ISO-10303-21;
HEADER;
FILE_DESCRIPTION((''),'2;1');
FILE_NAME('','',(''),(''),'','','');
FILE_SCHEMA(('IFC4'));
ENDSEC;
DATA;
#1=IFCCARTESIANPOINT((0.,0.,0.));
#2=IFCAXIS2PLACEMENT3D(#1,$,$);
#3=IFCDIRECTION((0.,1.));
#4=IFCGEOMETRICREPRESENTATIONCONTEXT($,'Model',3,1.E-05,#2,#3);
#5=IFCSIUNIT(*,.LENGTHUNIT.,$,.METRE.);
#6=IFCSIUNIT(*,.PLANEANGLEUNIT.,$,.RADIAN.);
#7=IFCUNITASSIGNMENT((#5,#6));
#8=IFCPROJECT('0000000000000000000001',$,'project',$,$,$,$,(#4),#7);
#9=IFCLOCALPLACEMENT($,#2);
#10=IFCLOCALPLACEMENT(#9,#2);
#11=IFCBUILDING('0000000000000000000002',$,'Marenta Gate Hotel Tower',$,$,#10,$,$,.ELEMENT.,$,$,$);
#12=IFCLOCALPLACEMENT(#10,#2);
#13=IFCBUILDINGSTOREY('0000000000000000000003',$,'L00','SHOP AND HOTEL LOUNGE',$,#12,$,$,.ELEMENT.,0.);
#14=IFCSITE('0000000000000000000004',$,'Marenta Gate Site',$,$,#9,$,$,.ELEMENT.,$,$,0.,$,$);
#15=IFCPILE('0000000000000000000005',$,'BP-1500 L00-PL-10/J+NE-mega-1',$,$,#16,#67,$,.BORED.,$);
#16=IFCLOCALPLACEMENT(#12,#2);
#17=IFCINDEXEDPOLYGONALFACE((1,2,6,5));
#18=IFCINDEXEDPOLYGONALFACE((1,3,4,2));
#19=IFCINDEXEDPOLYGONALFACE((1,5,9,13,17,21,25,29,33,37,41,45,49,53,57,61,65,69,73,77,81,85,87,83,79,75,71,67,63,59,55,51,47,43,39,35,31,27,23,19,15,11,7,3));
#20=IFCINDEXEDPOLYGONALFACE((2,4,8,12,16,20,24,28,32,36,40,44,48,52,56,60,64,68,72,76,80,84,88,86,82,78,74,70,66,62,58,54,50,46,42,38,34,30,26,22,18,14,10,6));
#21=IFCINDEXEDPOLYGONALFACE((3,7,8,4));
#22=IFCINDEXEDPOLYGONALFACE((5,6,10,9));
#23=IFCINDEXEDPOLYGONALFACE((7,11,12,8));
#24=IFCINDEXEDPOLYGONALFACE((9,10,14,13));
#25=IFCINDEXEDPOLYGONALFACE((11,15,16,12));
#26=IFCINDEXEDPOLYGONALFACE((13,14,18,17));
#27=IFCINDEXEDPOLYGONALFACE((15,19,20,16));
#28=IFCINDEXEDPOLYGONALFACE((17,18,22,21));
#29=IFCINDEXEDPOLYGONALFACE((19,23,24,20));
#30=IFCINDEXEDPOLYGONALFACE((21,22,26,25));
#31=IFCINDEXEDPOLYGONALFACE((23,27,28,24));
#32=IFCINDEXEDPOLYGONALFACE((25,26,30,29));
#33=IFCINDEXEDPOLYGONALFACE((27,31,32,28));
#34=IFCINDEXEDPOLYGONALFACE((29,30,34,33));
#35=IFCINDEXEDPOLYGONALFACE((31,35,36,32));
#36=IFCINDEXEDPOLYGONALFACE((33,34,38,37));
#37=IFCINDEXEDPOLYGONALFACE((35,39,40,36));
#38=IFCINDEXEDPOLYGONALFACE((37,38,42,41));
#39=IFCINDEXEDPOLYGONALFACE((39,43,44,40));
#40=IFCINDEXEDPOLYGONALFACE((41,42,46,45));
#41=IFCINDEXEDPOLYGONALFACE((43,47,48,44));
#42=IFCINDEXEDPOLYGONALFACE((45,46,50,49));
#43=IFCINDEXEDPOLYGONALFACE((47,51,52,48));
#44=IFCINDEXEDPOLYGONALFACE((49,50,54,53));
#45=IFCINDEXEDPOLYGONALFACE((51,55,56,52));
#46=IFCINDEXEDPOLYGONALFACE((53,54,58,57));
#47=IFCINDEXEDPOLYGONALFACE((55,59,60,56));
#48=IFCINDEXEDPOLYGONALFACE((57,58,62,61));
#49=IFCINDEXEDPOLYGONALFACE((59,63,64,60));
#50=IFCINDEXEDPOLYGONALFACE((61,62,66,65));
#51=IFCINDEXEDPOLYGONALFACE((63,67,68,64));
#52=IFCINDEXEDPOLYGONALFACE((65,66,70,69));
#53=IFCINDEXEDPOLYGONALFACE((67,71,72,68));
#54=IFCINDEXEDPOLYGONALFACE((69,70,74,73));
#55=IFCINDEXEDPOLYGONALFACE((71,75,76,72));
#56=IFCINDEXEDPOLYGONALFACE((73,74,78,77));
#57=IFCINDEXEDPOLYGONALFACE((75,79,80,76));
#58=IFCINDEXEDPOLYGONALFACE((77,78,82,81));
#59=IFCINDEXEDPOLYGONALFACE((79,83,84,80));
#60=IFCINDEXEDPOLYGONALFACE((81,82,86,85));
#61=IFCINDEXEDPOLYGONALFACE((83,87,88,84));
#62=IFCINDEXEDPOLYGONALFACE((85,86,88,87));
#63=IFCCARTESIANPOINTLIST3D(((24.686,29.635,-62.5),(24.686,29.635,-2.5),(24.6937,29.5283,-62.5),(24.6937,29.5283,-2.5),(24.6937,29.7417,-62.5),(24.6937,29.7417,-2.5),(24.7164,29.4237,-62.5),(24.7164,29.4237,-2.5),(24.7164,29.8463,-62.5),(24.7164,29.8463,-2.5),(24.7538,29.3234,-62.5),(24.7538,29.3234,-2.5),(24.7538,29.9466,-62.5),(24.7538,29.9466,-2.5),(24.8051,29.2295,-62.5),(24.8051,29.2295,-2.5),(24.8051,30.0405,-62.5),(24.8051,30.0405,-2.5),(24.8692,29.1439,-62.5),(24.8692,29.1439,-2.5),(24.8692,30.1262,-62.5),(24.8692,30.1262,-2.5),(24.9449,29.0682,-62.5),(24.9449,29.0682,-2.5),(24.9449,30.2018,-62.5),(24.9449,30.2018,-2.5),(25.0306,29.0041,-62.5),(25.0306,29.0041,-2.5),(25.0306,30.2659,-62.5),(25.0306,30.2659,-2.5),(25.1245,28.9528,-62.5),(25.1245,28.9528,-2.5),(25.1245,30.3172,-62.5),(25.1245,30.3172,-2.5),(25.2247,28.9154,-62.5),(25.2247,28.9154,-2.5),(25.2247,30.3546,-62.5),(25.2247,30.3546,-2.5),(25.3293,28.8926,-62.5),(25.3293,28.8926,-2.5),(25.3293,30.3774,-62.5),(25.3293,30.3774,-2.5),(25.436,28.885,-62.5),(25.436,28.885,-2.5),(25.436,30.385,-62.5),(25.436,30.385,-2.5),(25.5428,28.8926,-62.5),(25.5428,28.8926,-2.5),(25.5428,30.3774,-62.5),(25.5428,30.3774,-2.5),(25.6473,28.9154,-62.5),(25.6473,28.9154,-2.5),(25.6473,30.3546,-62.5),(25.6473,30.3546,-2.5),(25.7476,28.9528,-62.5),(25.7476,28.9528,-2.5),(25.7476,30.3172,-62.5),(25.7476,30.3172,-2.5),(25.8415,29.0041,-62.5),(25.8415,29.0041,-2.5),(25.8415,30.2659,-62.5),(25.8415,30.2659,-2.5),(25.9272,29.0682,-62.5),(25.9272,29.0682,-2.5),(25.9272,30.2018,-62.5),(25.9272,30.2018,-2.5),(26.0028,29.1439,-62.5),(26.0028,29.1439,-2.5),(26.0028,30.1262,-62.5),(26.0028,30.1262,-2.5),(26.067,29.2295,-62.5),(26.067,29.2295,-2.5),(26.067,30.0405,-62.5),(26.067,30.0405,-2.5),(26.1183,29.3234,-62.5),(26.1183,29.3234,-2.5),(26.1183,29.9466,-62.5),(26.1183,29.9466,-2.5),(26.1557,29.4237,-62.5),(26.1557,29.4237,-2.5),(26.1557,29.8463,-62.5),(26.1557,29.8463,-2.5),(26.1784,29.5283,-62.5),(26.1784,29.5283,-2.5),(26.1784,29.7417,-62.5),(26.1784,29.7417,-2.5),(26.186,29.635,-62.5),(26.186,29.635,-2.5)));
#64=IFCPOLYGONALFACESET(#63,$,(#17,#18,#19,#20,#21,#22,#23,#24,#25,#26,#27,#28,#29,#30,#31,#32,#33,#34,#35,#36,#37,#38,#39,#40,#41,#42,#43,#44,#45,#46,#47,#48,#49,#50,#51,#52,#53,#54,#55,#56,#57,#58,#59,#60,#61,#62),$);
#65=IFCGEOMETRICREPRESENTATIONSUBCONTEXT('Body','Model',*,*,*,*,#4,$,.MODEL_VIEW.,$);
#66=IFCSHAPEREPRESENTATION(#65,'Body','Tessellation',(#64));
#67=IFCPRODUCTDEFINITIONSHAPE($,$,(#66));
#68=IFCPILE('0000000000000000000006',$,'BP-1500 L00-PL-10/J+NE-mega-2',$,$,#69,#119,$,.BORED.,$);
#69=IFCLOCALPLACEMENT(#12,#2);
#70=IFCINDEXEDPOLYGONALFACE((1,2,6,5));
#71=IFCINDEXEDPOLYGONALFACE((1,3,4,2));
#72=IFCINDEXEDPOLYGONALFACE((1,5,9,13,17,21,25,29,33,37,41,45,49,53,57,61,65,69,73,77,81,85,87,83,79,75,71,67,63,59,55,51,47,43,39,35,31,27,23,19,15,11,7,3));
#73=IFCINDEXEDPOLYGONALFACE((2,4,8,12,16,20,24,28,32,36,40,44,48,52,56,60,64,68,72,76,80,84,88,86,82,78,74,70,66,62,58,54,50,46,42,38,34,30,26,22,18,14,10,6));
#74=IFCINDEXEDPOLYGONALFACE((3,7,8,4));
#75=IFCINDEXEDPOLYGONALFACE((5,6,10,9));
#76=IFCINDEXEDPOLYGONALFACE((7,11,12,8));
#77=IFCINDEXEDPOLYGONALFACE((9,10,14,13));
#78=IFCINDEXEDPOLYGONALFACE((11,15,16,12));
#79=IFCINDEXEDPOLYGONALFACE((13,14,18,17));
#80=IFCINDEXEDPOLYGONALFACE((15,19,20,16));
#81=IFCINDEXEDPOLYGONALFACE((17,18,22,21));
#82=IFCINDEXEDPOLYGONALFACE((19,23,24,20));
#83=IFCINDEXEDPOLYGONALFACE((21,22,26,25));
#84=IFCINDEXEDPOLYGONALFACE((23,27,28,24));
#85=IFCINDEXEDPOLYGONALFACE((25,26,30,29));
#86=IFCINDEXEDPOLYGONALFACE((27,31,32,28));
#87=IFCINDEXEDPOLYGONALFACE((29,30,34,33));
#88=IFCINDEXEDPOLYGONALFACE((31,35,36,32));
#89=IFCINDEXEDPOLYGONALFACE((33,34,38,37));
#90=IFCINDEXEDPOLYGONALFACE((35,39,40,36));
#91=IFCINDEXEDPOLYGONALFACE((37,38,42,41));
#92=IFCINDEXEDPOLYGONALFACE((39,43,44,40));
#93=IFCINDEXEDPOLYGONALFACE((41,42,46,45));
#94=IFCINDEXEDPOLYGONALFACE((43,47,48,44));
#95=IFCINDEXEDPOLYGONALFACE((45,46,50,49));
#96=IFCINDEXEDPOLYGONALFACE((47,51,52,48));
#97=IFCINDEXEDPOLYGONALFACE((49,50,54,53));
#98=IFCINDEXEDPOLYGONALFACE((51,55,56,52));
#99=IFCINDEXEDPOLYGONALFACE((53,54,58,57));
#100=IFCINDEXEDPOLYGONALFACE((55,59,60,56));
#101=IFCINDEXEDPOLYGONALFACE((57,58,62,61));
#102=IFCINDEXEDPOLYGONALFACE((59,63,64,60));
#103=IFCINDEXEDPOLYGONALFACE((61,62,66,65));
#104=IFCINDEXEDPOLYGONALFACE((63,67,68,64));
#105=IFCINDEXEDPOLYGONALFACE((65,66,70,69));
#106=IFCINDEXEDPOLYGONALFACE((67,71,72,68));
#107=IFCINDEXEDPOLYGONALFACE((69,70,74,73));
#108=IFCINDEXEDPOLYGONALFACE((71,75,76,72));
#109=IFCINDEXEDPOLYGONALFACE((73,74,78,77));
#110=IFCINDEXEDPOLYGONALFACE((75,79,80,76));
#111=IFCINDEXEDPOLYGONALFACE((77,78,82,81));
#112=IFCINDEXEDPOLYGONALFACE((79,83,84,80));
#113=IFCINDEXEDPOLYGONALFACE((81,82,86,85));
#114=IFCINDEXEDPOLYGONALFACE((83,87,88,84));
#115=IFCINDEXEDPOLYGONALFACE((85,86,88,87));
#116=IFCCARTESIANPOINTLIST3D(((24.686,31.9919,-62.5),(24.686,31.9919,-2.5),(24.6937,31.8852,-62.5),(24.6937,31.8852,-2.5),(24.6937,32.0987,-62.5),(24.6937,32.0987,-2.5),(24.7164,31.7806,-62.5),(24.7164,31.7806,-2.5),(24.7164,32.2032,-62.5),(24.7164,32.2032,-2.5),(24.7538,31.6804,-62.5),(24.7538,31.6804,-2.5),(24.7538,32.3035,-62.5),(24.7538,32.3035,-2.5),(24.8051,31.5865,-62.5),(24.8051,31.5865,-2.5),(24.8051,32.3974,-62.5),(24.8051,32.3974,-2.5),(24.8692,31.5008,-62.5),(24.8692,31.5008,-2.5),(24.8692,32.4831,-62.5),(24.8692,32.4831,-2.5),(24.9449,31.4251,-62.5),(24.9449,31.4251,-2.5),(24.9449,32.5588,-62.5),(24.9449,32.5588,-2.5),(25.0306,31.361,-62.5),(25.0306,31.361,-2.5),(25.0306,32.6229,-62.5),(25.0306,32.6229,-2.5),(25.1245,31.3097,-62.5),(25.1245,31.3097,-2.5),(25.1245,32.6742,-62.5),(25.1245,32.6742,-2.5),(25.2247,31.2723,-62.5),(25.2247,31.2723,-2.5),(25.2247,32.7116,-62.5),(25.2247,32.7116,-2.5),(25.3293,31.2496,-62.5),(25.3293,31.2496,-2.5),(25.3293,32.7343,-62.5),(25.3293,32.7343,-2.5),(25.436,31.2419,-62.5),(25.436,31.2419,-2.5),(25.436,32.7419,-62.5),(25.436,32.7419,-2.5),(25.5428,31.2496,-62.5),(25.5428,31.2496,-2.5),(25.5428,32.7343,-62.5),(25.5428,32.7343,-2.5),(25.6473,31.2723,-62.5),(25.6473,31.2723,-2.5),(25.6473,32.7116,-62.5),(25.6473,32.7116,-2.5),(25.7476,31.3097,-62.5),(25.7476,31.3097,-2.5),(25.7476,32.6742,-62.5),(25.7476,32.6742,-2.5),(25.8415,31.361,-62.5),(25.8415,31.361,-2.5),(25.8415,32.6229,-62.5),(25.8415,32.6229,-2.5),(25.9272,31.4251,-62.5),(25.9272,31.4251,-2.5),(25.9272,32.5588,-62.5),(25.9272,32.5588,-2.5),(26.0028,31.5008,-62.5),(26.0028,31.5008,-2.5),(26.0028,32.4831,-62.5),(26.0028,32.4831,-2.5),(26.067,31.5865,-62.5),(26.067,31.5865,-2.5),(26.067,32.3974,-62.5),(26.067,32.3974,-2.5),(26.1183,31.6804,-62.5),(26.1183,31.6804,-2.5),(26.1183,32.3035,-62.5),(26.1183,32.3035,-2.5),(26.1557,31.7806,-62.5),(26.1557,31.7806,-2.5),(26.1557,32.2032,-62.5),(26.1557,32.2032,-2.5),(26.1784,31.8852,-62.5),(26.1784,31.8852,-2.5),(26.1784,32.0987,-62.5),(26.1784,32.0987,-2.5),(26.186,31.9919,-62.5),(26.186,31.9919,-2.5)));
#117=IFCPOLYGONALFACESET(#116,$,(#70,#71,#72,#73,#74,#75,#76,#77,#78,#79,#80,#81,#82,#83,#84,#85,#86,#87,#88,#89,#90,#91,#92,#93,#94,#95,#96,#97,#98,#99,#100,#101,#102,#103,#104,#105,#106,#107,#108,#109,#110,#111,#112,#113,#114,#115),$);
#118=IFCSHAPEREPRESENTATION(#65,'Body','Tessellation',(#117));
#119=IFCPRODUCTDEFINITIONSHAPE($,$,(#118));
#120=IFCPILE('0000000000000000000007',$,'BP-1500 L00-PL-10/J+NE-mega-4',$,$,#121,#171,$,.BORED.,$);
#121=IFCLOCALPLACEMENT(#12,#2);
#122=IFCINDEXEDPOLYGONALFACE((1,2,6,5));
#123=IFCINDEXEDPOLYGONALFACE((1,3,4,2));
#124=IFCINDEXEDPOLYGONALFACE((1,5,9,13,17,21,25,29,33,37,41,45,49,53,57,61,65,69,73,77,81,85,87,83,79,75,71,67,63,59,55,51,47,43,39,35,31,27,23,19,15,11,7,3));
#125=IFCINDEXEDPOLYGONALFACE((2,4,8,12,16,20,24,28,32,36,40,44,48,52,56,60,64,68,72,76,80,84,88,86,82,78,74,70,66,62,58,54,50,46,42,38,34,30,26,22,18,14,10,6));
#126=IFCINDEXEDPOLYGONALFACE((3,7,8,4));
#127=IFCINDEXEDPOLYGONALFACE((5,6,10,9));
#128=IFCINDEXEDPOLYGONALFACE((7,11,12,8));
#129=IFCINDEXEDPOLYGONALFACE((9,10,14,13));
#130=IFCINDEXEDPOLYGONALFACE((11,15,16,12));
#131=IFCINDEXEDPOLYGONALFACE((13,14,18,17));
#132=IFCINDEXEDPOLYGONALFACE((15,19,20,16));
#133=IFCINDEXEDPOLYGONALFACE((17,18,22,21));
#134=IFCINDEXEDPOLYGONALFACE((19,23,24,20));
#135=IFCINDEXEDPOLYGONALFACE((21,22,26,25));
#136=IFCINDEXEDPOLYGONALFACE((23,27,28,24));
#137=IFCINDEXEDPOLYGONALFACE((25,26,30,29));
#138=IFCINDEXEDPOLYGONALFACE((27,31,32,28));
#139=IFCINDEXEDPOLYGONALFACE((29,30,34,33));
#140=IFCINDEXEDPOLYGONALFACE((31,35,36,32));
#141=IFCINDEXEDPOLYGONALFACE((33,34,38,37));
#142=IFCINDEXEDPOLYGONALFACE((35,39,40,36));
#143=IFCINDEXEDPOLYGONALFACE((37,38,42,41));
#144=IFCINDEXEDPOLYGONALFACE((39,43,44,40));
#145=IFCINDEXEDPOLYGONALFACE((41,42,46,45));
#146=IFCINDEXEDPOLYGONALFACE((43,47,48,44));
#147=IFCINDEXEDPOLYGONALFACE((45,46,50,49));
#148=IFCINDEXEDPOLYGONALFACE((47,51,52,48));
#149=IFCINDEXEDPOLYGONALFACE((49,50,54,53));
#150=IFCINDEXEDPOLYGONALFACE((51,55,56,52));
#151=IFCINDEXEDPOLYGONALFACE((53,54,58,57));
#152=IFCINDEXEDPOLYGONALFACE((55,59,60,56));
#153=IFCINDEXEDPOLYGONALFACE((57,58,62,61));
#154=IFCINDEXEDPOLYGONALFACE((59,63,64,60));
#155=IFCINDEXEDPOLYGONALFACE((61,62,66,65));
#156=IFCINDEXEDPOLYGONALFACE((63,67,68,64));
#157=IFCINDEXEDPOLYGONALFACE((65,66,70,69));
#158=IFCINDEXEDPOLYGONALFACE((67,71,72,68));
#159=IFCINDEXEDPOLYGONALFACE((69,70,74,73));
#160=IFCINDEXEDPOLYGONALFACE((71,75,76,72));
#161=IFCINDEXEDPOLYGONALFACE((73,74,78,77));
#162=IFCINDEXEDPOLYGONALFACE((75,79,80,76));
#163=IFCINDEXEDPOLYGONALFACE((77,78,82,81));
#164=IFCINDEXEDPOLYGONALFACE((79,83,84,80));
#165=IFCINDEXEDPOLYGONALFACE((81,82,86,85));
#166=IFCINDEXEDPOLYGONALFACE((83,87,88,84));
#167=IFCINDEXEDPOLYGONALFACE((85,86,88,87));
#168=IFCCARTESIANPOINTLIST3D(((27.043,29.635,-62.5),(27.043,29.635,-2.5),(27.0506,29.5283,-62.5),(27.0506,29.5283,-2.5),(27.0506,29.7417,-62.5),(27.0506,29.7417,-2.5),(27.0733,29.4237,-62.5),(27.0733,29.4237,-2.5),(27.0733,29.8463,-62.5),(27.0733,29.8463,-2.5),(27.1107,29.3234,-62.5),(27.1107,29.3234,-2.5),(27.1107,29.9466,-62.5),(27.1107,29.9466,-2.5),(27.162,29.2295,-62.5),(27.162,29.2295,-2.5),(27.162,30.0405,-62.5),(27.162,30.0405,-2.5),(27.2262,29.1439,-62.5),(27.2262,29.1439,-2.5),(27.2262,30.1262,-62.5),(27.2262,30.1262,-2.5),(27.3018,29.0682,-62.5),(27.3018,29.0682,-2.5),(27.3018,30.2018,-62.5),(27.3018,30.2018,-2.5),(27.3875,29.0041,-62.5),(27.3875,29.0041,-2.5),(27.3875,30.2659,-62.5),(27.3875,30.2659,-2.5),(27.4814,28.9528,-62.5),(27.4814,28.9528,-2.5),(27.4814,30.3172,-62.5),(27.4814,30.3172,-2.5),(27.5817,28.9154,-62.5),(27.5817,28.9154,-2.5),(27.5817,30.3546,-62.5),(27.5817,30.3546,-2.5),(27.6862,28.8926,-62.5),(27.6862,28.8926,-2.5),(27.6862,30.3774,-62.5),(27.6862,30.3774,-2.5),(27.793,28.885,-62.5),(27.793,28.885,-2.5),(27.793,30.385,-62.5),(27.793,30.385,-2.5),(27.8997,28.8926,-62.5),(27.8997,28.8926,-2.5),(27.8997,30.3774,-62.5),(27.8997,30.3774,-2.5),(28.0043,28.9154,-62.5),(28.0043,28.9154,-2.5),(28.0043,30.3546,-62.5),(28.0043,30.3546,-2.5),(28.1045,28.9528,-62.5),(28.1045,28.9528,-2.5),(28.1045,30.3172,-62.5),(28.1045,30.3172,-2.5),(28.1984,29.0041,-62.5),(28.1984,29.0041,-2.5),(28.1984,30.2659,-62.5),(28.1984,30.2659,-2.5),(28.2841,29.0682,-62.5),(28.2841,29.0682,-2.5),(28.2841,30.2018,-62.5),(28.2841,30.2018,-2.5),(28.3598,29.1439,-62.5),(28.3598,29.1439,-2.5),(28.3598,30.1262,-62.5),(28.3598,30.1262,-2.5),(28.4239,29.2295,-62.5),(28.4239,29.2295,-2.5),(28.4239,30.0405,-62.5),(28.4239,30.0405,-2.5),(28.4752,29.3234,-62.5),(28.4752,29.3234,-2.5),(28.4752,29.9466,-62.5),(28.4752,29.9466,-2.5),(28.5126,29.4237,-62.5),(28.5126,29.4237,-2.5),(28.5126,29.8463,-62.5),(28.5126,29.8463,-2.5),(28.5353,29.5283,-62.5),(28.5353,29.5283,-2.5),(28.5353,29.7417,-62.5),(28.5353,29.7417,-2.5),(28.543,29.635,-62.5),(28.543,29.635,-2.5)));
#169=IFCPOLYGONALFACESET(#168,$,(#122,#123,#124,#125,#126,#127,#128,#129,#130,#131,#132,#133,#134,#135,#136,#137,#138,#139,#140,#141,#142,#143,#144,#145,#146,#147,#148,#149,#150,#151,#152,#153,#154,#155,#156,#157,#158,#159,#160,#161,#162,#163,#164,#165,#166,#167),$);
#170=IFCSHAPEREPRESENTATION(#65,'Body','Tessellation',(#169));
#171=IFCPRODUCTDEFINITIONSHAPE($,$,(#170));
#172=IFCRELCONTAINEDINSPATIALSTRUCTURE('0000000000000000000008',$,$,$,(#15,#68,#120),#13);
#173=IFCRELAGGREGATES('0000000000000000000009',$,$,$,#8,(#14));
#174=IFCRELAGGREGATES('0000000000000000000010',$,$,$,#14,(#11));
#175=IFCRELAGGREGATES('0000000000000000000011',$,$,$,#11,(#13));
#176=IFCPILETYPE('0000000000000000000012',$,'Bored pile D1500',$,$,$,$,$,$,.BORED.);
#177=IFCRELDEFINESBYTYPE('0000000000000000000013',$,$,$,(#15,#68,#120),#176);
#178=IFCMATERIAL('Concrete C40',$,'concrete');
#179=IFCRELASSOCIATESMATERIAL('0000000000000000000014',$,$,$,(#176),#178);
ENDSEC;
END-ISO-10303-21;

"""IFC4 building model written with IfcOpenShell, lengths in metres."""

from ifc_helpers import new_model, si_unit, direction, frame, origin, origin_2d, place, context, subcontext, project, spatial, circle, extrude, material, type_object, element, save


model = new_model("IFC4")

# Units and contexts
model_context = context("Model", 3, precision=1e-05, world=origin(), true_north=direction((0.0, 1.0)))
body_context = subcontext(model_context, "Body", "Model", "MODEL_VIEW")
ifc_project = project(units=[si_unit("LENGTHUNIT", "METRE"), si_unit("PLANEANGLEUNIT", "RADIAN")], contexts=[model_context])

# Site, building, storey
site_placement = place(None, origin())
site = spatial("IfcSite", under=ifc_project, at=site_placement, Name="Marenta Gate Site", CompositionType="ELEMENT", RefElevation=0.0)
building_placement = place(site_placement, origin())
building = spatial("IfcBuilding", under=site, at=building_placement, Name="Marenta Gate Hotel Tower", CompositionType="ELEMENT")
storey_placement = place(building_placement, origin())
storey = spatial("IfcBuildingStorey", under=building, at=storey_placement, Name="L00", Description="SHOP AND HOTEL LOUNGE", CompositionType="ELEMENT", Elevation=0.0)

# Piles
ifc_material_1 = material(Name="Concrete C40", Category="concrete")
pile_type = type_object("IfcPileType", Name="Bored pile D1500", PredefinedType="BORED", material=ifc_material_1)
for number, where, z_axis, x_axis, name in (
    (1, (25.436, 29.635, -2.5), (0.0, 0.0, -1.0), (1.0, 0.0, 0.0), "BP-1500 L00-PL-10/J+NE-mega-1"),
    (2, (25.436, 31.9919, -2.5), (0.0, 0.0, -1.0), (1.0, 0.0, 0.0), "BP-1500 L00-PL-10/J+NE-mega-2"),
    (3, (27.793, 29.635, -2.5), (0.0, 0.0, -1.0), (1.0, 0.0, 0.0), "BP-1500 L00-PL-10/J+NE-mega-4"),
):
    element("IfcPile", number, at=place(storey_placement, frame(where, z_axis=z_axis, x_axis=x_axis)), inside=storey, type_object=pile_type, Name=name, PredefinedType="BORED", context=body_context, shape_type="SweptSolid", body=[
        extrude(circle(Radius=0.75, at=origin_2d()), origin(), (0.0, 0.0, 1.0), 60.0),
    ])

save(model, "model.ifc")
